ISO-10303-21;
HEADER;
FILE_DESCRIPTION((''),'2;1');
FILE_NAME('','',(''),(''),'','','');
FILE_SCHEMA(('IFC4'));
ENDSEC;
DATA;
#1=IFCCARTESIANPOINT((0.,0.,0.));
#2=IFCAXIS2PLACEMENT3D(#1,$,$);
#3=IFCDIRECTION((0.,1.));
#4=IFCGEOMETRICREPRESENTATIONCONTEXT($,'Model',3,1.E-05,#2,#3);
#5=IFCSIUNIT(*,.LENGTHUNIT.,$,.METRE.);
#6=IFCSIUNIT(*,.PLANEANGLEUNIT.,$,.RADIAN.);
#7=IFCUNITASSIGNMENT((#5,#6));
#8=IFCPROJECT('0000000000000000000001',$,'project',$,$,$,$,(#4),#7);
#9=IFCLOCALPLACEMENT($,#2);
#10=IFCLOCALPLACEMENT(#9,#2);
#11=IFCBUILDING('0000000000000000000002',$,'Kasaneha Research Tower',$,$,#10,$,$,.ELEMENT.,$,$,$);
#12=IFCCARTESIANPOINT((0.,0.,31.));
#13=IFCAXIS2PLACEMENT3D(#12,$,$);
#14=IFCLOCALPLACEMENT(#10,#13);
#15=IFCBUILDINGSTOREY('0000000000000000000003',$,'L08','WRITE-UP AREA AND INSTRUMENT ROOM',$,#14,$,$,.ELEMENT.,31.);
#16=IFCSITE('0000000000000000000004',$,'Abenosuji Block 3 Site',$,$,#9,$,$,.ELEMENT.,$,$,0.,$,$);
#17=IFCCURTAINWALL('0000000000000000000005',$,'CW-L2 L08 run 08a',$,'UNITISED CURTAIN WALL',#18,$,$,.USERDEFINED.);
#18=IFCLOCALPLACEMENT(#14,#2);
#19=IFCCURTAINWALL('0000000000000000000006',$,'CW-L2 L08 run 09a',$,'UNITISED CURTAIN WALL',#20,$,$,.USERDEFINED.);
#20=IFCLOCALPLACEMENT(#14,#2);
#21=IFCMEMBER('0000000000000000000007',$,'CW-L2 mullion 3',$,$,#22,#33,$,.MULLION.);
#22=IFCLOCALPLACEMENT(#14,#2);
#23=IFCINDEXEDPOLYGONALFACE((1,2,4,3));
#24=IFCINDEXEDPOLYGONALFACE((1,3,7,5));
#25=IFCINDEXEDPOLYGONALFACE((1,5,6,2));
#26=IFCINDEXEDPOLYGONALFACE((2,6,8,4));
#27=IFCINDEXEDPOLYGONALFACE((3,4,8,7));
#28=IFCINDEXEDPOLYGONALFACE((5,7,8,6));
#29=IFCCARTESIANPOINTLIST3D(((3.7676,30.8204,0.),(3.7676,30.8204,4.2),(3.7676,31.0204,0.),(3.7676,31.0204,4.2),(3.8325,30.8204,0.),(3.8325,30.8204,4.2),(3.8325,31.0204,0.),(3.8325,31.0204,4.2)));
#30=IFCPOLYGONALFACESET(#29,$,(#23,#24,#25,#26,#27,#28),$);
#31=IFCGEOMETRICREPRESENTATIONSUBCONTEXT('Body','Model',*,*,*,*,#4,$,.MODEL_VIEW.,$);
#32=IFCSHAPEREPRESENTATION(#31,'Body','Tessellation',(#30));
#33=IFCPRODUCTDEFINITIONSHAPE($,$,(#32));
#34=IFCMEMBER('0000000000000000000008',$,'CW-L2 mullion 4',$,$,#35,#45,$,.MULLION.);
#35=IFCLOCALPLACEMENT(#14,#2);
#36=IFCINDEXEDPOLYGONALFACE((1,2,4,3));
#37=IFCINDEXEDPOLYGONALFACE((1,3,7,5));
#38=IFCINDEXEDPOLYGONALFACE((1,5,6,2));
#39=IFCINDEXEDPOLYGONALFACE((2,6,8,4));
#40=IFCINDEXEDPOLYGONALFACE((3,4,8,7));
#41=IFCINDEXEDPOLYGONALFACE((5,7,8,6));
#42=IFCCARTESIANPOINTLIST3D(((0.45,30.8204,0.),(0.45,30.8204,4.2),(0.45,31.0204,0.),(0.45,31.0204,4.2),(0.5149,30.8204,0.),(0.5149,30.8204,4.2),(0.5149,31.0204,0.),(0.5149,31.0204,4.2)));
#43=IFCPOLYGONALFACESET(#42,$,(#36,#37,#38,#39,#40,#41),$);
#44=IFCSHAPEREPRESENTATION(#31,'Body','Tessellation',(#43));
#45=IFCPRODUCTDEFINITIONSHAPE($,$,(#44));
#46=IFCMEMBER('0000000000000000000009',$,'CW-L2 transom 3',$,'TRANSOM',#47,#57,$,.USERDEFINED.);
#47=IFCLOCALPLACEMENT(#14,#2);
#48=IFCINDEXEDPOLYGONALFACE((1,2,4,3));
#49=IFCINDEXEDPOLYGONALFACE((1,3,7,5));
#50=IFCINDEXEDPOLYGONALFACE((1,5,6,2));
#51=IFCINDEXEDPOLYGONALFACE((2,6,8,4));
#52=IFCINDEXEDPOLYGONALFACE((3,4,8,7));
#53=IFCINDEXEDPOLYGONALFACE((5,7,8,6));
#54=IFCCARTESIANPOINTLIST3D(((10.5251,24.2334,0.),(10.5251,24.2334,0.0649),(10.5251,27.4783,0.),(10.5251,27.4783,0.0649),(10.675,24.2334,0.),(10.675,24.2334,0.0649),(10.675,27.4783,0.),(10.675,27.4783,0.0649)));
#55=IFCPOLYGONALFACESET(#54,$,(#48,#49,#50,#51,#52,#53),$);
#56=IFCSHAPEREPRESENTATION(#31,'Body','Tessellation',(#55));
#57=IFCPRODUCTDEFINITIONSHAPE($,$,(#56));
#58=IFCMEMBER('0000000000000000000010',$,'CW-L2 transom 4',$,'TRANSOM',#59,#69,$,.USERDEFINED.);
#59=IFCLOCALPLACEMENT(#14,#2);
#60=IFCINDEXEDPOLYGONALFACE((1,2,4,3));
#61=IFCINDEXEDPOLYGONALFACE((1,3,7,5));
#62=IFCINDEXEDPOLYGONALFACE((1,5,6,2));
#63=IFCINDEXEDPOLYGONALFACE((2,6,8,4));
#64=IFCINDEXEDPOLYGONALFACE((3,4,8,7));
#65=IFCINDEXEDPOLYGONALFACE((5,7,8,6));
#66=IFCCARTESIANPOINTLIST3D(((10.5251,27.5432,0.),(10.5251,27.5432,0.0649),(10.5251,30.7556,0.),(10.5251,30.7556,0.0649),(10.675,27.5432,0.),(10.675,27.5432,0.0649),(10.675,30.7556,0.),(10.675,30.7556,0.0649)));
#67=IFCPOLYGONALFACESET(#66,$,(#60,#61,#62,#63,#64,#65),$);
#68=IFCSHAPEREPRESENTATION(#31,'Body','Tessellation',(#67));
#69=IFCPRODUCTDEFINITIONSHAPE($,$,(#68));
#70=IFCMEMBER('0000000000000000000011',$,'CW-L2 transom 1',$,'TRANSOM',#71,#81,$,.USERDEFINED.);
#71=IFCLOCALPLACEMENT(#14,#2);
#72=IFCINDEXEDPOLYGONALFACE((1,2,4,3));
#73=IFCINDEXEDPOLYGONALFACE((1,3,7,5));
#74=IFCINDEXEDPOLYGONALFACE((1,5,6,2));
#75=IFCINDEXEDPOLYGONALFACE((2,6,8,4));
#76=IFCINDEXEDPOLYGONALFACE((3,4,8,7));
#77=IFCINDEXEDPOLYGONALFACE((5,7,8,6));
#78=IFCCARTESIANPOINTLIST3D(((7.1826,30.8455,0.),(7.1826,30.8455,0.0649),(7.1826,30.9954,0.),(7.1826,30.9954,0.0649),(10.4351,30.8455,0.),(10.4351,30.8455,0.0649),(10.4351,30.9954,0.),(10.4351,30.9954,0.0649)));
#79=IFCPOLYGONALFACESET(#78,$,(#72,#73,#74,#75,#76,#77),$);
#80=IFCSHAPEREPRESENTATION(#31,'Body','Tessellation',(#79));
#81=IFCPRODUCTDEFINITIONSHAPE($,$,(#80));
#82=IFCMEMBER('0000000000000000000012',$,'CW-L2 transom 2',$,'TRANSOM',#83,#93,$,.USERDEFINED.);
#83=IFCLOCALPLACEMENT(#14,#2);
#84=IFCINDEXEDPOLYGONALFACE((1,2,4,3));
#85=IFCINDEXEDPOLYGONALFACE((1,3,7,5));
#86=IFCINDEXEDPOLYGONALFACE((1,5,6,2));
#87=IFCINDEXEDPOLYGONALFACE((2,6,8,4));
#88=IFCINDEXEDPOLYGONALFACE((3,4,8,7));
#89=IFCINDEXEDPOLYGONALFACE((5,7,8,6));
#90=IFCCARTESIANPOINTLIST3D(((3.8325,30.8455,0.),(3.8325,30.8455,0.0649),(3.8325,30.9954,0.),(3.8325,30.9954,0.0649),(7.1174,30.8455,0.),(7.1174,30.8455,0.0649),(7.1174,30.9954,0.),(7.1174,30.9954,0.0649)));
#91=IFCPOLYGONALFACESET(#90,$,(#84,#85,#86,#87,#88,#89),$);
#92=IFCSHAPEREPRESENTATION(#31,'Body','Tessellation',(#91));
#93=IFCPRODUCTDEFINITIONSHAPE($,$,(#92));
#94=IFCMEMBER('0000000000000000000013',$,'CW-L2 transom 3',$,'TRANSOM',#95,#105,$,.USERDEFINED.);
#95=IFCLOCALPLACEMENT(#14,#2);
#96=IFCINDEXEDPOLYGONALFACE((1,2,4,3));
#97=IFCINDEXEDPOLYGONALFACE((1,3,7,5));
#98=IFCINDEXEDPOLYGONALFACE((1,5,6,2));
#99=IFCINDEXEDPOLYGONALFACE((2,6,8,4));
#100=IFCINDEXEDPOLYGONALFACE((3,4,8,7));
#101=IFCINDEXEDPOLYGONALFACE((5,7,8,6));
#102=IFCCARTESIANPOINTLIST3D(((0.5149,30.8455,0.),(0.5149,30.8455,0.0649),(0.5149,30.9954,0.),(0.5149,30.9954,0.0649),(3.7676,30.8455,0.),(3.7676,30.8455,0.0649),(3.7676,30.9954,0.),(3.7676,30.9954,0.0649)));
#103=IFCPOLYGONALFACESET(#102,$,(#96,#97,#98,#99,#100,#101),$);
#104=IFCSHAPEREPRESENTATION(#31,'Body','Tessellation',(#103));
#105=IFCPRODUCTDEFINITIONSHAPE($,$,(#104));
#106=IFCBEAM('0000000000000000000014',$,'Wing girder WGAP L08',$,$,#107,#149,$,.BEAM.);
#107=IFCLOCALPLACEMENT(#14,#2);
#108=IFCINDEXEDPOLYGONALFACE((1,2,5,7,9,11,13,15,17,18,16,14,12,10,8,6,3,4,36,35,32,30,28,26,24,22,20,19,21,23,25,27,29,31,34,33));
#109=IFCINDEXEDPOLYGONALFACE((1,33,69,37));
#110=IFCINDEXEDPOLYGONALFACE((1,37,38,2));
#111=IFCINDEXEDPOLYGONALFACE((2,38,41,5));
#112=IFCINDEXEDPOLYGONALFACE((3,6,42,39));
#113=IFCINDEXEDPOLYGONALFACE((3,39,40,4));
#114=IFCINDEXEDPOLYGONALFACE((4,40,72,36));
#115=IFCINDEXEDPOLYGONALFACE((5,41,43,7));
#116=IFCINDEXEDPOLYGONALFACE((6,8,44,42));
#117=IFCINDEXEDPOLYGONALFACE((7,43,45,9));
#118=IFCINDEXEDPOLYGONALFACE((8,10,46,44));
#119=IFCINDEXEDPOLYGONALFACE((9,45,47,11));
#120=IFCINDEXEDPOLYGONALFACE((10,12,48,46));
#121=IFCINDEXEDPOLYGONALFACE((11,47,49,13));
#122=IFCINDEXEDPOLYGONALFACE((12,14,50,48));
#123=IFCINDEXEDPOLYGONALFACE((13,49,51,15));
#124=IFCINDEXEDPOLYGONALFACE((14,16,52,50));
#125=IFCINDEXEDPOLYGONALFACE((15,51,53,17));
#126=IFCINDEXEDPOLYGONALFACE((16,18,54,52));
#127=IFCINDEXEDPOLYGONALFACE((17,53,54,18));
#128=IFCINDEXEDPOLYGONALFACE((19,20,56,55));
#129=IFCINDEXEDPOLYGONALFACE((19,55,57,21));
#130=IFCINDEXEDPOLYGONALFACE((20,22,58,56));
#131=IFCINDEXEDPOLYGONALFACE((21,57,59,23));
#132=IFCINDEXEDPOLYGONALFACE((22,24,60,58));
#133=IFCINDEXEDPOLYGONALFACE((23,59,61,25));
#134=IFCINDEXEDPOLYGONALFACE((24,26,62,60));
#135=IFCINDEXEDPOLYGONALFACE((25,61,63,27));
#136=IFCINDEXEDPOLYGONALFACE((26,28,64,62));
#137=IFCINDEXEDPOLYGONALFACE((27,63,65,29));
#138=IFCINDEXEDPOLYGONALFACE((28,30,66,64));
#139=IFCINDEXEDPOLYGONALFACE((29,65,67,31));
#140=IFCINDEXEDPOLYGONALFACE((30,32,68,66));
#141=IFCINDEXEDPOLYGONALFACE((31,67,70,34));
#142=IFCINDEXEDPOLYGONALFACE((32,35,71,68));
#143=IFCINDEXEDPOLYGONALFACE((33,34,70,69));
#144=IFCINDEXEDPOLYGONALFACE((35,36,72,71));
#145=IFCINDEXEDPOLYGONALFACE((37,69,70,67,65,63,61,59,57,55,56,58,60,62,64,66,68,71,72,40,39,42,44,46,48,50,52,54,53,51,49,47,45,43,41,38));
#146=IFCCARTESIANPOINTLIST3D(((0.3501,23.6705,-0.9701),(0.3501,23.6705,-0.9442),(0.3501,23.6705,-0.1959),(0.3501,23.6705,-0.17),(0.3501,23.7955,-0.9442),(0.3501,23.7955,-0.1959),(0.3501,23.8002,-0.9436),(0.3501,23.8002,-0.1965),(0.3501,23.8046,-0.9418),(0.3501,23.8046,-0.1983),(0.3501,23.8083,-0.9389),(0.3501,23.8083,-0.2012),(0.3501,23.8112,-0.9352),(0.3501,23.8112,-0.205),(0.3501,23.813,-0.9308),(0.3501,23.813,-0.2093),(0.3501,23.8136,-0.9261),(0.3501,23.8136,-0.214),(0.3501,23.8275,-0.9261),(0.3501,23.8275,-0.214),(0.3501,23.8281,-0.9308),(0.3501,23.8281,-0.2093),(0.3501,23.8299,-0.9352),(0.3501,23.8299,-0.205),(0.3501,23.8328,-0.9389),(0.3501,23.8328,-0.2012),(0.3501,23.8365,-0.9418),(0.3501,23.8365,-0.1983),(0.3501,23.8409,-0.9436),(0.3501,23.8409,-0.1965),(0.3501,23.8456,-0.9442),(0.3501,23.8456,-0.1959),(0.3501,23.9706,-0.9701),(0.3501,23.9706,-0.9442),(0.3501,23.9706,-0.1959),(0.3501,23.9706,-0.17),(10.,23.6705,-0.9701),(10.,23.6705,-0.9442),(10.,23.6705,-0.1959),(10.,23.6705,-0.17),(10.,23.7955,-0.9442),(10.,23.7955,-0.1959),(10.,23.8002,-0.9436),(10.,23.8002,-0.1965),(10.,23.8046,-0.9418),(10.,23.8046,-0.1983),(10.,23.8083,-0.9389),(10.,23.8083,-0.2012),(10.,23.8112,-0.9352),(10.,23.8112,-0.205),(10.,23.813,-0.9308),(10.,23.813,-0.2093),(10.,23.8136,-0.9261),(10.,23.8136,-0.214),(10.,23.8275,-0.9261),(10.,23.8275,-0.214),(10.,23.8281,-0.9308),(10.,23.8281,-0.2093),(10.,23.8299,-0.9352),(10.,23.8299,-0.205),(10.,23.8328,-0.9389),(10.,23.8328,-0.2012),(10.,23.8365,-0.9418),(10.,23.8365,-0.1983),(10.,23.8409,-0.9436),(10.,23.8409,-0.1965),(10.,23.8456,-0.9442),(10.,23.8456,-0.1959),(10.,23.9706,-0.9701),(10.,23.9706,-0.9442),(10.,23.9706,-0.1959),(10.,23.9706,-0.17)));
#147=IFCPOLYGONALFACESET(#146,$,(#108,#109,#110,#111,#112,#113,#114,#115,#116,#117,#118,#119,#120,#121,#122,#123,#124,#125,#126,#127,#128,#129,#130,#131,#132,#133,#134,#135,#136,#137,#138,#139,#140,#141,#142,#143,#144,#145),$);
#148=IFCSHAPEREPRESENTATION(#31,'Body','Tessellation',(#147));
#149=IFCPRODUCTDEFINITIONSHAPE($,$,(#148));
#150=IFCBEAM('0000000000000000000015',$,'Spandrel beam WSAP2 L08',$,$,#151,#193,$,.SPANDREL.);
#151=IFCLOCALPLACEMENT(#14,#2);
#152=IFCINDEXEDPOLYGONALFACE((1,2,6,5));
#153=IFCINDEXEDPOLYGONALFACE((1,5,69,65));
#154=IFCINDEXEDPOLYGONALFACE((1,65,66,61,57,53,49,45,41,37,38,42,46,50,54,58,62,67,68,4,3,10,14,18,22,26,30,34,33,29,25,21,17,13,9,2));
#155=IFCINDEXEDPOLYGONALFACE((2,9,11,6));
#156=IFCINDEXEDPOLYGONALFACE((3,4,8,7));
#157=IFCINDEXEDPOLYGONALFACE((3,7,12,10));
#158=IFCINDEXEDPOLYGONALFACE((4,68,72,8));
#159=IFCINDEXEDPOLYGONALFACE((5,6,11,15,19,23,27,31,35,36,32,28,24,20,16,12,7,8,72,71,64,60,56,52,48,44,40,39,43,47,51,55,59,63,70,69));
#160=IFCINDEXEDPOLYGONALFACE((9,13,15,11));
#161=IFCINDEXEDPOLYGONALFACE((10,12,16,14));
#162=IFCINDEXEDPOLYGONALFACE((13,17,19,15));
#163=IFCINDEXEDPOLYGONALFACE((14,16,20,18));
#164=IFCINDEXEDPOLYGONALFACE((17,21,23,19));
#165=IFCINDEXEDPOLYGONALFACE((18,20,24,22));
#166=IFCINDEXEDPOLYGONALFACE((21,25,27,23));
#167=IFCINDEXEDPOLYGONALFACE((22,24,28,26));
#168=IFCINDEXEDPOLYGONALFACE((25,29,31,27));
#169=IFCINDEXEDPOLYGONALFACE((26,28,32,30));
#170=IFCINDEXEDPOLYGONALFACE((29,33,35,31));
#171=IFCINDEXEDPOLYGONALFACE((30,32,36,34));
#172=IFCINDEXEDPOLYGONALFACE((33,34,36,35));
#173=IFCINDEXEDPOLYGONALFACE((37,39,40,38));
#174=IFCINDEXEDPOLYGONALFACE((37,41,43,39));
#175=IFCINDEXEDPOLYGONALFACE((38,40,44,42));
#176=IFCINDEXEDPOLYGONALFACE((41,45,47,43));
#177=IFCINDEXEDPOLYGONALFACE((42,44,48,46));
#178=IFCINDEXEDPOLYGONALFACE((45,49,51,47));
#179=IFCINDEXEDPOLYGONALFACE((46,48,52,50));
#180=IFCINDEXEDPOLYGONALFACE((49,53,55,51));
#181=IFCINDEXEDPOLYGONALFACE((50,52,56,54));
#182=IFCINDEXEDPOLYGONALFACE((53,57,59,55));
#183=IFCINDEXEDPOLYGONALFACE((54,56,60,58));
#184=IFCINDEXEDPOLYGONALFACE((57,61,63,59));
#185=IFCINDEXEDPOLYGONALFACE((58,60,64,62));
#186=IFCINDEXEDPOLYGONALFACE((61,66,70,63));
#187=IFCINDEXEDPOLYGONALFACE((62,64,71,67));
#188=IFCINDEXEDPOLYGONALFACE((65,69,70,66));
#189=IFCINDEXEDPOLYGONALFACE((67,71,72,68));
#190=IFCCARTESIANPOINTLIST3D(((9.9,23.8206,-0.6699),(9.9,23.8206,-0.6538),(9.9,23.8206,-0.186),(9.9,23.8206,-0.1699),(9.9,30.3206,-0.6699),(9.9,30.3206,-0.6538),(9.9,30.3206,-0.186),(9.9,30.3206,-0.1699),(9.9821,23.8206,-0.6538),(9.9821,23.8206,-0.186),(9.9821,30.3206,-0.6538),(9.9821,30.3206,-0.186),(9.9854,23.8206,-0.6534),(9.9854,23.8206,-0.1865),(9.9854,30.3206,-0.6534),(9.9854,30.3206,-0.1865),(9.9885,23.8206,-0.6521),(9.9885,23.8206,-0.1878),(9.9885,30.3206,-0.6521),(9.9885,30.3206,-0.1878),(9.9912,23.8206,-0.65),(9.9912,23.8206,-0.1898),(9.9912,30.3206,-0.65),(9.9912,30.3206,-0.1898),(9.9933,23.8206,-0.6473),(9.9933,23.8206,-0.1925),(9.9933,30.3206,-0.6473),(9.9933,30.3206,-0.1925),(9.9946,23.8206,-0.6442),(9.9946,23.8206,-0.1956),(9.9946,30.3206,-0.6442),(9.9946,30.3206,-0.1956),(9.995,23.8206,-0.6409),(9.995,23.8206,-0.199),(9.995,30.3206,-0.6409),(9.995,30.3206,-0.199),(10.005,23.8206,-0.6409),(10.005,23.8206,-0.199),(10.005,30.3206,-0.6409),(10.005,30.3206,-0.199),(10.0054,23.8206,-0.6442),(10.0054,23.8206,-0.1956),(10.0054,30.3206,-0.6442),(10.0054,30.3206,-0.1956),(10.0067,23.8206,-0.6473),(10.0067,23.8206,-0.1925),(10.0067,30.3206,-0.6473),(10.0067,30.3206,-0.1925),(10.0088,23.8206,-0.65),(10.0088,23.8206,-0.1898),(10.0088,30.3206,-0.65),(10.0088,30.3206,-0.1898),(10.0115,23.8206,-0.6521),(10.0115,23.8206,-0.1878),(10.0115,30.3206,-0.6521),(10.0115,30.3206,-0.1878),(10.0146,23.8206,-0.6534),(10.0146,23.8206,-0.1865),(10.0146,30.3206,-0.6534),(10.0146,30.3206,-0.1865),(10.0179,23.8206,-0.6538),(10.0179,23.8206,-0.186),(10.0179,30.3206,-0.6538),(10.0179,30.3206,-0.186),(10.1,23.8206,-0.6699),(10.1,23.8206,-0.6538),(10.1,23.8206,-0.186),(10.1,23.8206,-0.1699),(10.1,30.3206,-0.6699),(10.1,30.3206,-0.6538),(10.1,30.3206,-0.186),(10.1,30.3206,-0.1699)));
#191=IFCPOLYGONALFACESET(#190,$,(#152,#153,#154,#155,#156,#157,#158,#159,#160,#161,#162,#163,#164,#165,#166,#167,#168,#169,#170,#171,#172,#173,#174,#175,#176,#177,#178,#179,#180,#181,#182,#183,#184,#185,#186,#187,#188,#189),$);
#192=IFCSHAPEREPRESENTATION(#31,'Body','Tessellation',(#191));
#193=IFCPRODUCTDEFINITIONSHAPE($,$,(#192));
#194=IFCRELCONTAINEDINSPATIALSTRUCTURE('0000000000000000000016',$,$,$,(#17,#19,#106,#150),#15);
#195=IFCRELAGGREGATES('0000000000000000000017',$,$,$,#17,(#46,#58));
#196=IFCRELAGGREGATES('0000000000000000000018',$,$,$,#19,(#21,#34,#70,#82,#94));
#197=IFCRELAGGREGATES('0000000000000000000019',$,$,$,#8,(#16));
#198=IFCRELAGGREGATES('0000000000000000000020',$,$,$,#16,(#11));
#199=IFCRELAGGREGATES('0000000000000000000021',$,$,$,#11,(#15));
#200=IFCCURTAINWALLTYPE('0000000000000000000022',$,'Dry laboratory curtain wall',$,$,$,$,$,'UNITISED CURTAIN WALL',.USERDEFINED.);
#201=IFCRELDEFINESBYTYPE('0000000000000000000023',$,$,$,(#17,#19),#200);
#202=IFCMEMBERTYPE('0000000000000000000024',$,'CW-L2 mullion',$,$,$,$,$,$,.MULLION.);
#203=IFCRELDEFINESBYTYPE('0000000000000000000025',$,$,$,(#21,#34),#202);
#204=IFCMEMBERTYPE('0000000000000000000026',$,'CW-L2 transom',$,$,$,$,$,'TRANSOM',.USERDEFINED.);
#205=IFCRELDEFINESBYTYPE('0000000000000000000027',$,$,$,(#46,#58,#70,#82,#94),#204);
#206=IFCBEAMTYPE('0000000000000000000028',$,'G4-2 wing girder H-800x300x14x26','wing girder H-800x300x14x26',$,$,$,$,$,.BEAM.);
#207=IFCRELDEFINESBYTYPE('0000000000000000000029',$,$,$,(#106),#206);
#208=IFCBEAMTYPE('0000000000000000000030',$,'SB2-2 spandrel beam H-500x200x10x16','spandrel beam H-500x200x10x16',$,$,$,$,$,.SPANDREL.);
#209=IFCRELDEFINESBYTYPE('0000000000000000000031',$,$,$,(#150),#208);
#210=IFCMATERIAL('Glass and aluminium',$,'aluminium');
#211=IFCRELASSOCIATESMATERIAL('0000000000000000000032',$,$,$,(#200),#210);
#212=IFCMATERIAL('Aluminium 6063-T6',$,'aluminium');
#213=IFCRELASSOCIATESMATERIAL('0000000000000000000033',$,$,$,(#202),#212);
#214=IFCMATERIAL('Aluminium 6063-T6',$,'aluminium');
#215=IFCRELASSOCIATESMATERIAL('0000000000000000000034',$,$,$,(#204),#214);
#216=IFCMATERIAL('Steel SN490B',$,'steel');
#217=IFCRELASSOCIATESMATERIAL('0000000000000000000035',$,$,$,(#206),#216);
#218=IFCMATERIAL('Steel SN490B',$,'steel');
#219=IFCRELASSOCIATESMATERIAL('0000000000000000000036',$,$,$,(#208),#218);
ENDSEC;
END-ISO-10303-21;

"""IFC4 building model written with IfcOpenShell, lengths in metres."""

from ifc_helpers import new_model, si_unit, direction, frame, origin, origin_2d, place, context, subcontext, project, spatial, rectangle, i_section, extrude, material, material_profile, profile_set, type_object, element, aggregate, save


model = new_model("IFC4")

# Units and contexts
model_context = context("Model", 3, precision=1e-05, world=origin(), true_north=direction((0.0, 1.0)))
body_context = subcontext(model_context, "Body", "Model", "MODEL_VIEW")
ifc_project = project(units=[si_unit("LENGTHUNIT", "METRE"), si_unit("PLANEANGLEUNIT", "RADIAN")], contexts=[model_context])

# Site, building, storey
site_placement = place(None, origin())
site = spatial("IfcSite", under=ifc_project, at=site_placement, Name="Abenosuji Block 3 Site", CompositionType="ELEMENT", RefElevation=0.0)
building_placement = place(site_placement, origin())
building = spatial("IfcBuilding", under=site, at=building_placement, Name="Kasaneha Research Tower", CompositionType="ELEMENT")
storey_placement = place(building_placement, frame((0.0, 0.0, 31.0)))
storey = spatial("IfcBuildingStorey", under=building, at=storey_placement, Name="L08", Description="WRITE-UP AREA AND INSTRUMENT ROOM", CompositionType="ELEMENT", Elevation=31.0)

# Curtain walls, members
ifc_material_1 = material(Name="Glass and aluminium", Category="aluminium")
curtain_wall_type = type_object("IfcCurtainWallType", Name="Dry laboratory curtain wall", ElementType="UNITISED CURTAIN WALL", PredefinedType="USERDEFINED", material=ifc_material_1)
curtain_wall_1_placement = place(storey_placement, origin())
curtain_wall_1 = element("IfcCurtainWall", 1, at=curtain_wall_1_placement, inside=storey, type_object=curtain_wall_type, Name="CW-L2 L08 run 08a", ObjectType="UNITISED CURTAIN WALL", PredefinedType="USERDEFINED")
ifc_material_2 = material(Name="Aluminium 6063-T6", Category="aluminium")
ifc_material_profile_1 = material_profile(ifc_material_2, rectangle(XDim=0.0649, YDim=0.2, at=origin_2d()), Name="CW-L2 mullion 65x200")
ifc_profile_set_1 = profile_set([ifc_material_profile_1], Name="Aluminium 6063-T6")
member_type_1 = type_object("IfcMemberType", Name="CW-L2 mullion", PredefinedType="MULLION", material=ifc_profile_set_1)
curtain_wall_2_placement = place(storey_placement, origin())
curtain_wall_2 = element("IfcCurtainWall", 2, at=curtain_wall_2_placement, inside=storey, type_object=curtain_wall_type, Name="CW-L2 L08 run 09a", ObjectType="UNITISED CURTAIN WALL", PredefinedType="USERDEFINED")
member_1_placement = place(storey_placement, frame((3.8, 30.9204, 0.0), z_axis=(0.0, 0.0, 1.0), x_axis=(-1.0, 0.0, 0.0)))
member_1 = element("IfcMember", 3, at=member_1_placement, type_object=member_type_1, Name="CW-L2 mullion 3", PredefinedType="MULLION", context=body_context, shape_type="SweptSolid", body=[
    extrude(rectangle(XDim=0.0649, YDim=0.2, at=origin_2d()), origin(), (0.0, 0.0, 1.0), 4.2),
])
member_2_placement = place(storey_placement, frame((0.4824, 30.9204, 0.0), z_axis=(0.0, 0.0, 1.0), x_axis=(-1.0, 0.0, 0.0)))
member_2 = element("IfcMember", 4, at=member_2_placement, type_object=member_type_1, Name="CW-L2 mullion 4", PredefinedType="MULLION", context=body_context, shape_type="SweptSolid", body=[
    extrude(rectangle(XDim=0.0649, YDim=0.2, at=origin_2d()), origin(), (0.0, 0.0, 1.0), 4.2),
])

# Members
ifc_material_3 = material(Name="Aluminium 6063-T6", Category="aluminium")
ifc_material_profile_2 = material_profile(ifc_material_3, rectangle(XDim=0.1499, YDim=0.0649, at=origin_2d()), Name="CW-L2 transom 150x65")
ifc_profile_set_2 = profile_set([ifc_material_profile_2], Name="Aluminium 6063-T6")
member_type_2 = type_object("IfcMemberType", Name="CW-L2 transom", ElementType="TRANSOM", PredefinedType="USERDEFINED", material=ifc_profile_set_2)
member_3_placement = place(storey_placement, frame((10.6001, 24.2334, 0.0325), z_axis=(0.0, 1.0, 0.0), x_axis=(-1.0, 0.0, 0.0)))
member_3 = element("IfcMember", 5, at=member_3_placement, type_object=member_type_2, Name="CW-L2 transom 3", ObjectType="TRANSOM", PredefinedType="USERDEFINED", context=body_context, shape_type="SweptSolid", body=[
    extrude(rectangle(XDim=0.1499, YDim=0.0649, at=origin_2d()), origin(), (0.0, 0.0, 1.0), 3.2449),
])
member_4_placement = place(storey_placement, frame((10.6001, 27.5432, 0.0325), z_axis=(0.0, 1.0, 0.0), x_axis=(-1.0, 0.0, 0.0)))
member_4 = element("IfcMember", 6, at=member_4_placement, type_object=member_type_2, Name="CW-L2 transom 4", ObjectType="TRANSOM", PredefinedType="USERDEFINED", context=body_context, shape_type="SweptSolid", body=[
    extrude(rectangle(XDim=0.1499, YDim=0.0649, at=origin_2d()), origin(), (0.0, 0.0, 1.0), 3.2124),
])
member_5_placement = place(storey_placement, frame((10.4351, 30.9204, 0.0325), z_axis=(-1.0, 0.0, 0.0), x_axis=(0.0, -1.0, 0.0)))
member_5 = element("IfcMember", 7, at=member_5_placement, type_object=member_type_2, Name="CW-L2 transom 1", ObjectType="TRANSOM", PredefinedType="USERDEFINED", context=body_context, shape_type="SweptSolid", body=[
    extrude(rectangle(XDim=0.1499, YDim=0.0649, at=origin_2d()), origin(), (0.0, 0.0, 1.0), 3.2524),
])
member_6_placement = place(storey_placement, frame((7.1174, 30.9204, 0.0325), z_axis=(-1.0, 0.0, 0.0), x_axis=(0.0, -1.0, 0.0)))
member_6 = element("IfcMember", 8, at=member_6_placement, type_object=member_type_2, Name="CW-L2 transom 2", ObjectType="TRANSOM", PredefinedType="USERDEFINED", context=body_context, shape_type="SweptSolid", body=[
    extrude(rectangle(XDim=0.1499, YDim=0.0649, at=origin_2d()), origin(), (0.0, 0.0, 1.0), 3.2849),
])
member_7_placement = place(storey_placement, frame((3.7676, 30.9204, 0.0325), z_axis=(-1.0, 0.0, 0.0), x_axis=(0.0, -1.0, 0.0)))
member_7 = element("IfcMember", 9, at=member_7_placement, type_object=member_type_2, Name="CW-L2 transom 3", ObjectType="TRANSOM", PredefinedType="USERDEFINED", context=body_context, shape_type="SweptSolid", body=[
    extrude(rectangle(XDim=0.1499, YDim=0.0649, at=origin_2d()), origin(), (0.0, 0.0, 1.0), 3.2527),
])

# Beams
ifc_material_4 = material(Name="Steel SN490B", Category="steel")
ifc_material_profile_3 = material_profile(ifc_material_4, i_section(OverallWidth=0.3, OverallDepth=0.8, WebThickness=0.0139, FlangeThickness=0.0259, FilletRadius=0.0181, at=origin_2d()), Name="H-800x300x14x26")
ifc_profile_set_3 = profile_set([ifc_material_profile_3], Name="Steel SN490B")
beam_type_1 = type_object("IfcBeamType", Name="G4-2 wing girder H-800x300x14x26", Description="wing girder H-800x300x14x26", PredefinedType="BEAM", material=ifc_profile_set_3)
beam_1_placement = place(storey_placement, frame((10.0, 23.8206, -0.5701), z_axis=(-1.0, 0.0, 0.0), x_axis=(0.0, -1.0, 0.0)))
element("IfcBeam", 10, at=beam_1_placement, inside=storey, type_object=beam_type_1, Name="Wing girder WGAP L08", PredefinedType="BEAM", context=body_context, shape_type="SweptSolid", body=[
    extrude(i_section(OverallWidth=0.3, OverallDepth=0.8, WebThickness=0.0139, FlangeThickness=0.0259, FilletRadius=0.0181, at=origin_2d()), origin(), (0.0, 0.0, 1.0), 9.6499),
])
ifc_material_5 = material(Name="Steel SN490B", Category="steel")
ifc_material_profile_4 = material_profile(ifc_material_5, i_section(OverallWidth=0.2, OverallDepth=0.5, WebThickness=0.01, FlangeThickness=0.0161, FilletRadius=0.0129, at=origin_2d()), Name="H-500x200x10x16")
ifc_profile_set_4 = profile_set([ifc_material_profile_4], Name="Steel SN490B")
beam_type_2 = type_object("IfcBeamType", Name="SB2-2 spandrel beam H-500x200x10x16", Description="spandrel beam H-500x200x10x16", PredefinedType="SPANDREL", material=ifc_profile_set_4)
beam_2_placement = place(storey_placement, frame((10.0, 23.8206, -0.4199), z_axis=(0.0, 1.0, 0.0), x_axis=(-1.0, 0.0, 0.0)))
element("IfcBeam", 11, at=beam_2_placement, inside=storey, type_object=beam_type_2, Name="Spandrel beam WSAP2 L08", PredefinedType="SPANDREL", context=body_context, shape_type="SweptSolid", body=[
    extrude(i_section(OverallWidth=0.2, OverallDepth=0.5, WebThickness=0.01, FlangeThickness=0.0161, FilletRadius=0.0129, at=origin_2d()), origin(), (0.0, 0.0, 1.0), 6.5),
])

aggregate(curtain_wall_1, [member_3, member_4])
aggregate(curtain_wall_2, [member_1, member_2, member_5, member_6, member_7])

save(model, "model.ifc")
